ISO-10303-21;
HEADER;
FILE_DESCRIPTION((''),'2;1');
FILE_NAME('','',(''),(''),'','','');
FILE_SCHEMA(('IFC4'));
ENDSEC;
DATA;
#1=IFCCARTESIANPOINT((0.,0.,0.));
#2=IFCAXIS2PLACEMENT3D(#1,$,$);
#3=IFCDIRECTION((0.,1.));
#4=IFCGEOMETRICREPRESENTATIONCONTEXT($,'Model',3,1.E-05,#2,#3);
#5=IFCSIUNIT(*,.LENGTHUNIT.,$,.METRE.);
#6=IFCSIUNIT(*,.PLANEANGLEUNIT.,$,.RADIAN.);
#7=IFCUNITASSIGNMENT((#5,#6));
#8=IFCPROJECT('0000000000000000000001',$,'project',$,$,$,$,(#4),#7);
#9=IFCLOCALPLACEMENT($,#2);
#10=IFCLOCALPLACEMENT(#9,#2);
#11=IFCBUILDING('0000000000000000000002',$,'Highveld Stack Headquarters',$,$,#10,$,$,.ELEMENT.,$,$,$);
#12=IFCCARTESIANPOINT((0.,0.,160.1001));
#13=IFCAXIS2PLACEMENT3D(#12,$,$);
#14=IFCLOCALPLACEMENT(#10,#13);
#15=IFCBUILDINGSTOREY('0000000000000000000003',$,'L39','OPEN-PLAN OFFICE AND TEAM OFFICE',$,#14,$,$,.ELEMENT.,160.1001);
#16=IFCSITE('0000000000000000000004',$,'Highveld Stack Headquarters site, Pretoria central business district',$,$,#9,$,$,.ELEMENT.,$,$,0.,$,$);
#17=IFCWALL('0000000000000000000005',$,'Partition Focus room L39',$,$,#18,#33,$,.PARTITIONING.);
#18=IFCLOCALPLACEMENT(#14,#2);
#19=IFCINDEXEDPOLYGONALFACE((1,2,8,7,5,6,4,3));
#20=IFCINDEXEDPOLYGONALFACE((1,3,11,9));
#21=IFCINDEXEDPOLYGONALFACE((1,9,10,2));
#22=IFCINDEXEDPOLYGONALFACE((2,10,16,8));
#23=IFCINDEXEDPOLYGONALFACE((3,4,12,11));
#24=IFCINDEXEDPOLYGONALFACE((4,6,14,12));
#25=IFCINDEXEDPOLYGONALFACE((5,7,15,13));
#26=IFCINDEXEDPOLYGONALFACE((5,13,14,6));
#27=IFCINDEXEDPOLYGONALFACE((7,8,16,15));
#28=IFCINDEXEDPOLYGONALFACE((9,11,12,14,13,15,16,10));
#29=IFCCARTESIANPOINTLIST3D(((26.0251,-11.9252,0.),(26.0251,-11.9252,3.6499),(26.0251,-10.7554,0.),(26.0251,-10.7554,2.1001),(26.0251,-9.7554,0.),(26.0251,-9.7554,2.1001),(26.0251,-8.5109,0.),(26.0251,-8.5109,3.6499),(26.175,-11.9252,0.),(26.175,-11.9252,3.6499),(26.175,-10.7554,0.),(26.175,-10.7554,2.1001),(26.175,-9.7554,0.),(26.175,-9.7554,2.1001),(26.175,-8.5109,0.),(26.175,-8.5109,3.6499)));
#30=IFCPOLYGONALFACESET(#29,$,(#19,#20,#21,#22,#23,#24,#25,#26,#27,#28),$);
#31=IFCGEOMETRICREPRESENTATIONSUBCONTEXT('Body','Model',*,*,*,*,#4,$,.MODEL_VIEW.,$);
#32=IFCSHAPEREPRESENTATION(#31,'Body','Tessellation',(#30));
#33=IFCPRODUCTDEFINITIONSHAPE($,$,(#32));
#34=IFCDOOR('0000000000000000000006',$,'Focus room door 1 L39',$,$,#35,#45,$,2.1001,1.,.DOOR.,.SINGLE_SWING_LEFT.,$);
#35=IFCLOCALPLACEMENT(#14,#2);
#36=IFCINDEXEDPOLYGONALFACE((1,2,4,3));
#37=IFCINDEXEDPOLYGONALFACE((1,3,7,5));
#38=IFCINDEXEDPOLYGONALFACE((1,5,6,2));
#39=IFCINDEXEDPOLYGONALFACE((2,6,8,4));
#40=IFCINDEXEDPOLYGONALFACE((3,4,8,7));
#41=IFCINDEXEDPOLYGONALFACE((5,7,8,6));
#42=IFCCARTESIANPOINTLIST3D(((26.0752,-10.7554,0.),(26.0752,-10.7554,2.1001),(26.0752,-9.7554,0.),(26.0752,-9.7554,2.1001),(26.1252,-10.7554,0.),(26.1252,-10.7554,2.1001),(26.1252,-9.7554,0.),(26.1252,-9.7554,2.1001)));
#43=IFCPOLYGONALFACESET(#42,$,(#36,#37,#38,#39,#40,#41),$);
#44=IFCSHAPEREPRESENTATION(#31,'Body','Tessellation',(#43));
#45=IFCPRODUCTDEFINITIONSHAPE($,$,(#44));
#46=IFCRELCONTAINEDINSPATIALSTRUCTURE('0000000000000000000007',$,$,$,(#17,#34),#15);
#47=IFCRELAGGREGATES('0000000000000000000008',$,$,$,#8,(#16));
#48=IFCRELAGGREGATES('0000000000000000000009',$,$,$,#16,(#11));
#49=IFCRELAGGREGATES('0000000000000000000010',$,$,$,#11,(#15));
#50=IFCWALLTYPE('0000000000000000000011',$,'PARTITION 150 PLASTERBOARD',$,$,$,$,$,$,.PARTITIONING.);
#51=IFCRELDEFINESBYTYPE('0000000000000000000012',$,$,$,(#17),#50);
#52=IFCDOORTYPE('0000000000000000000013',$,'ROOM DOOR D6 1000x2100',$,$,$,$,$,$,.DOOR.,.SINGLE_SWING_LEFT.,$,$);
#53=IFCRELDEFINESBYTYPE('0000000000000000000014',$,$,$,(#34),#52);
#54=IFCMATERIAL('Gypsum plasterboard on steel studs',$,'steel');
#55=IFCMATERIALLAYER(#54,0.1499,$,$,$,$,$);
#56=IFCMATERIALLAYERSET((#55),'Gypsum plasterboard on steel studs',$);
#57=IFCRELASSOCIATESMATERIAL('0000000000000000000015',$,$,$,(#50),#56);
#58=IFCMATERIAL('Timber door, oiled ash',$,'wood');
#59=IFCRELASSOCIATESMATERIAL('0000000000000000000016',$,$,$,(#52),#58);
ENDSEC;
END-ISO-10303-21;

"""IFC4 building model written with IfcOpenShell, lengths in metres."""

from ifc_helpers import new_model, si_unit, direction, frame, frame_2d, origin, place, context, subcontext, project, spatial, rectangle, extrude, material, layer, layer_set, type_object, element, fill, save


model = new_model("IFC4")

# Units and contexts
model_context = context("Model", 3, precision=1e-05, world=origin(), true_north=direction((0.0, 1.0)))
body_context = subcontext(model_context, "Body", "Model", "MODEL_VIEW")
ifc_project = project(units=[si_unit("LENGTHUNIT", "METRE"), si_unit("PLANEANGLEUNIT", "RADIAN")], contexts=[model_context])

# Site, building, storey
site_placement = place(None, origin())
site = spatial("IfcSite", under=ifc_project, at=site_placement, Name="Highveld Stack Headquarters site, Pretoria central business district", CompositionType="ELEMENT", RefElevation=0.0)
building_placement = place(site_placement, origin())
building = spatial("IfcBuilding", under=site, at=building_placement, Name="Highveld Stack Headquarters", CompositionType="ELEMENT")
storey_placement = place(building_placement, frame((0.0, 0.0, 160.1001)))
storey = spatial("IfcBuildingStorey", under=building, at=storey_placement, Name="L39", Description="OPEN-PLAN OFFICE AND TEAM OFFICE", CompositionType="ELEMENT", Elevation=160.1001)

# Shared definitions
ifc_material_1 = material(Name="Gypsum plasterboard on steel studs", Category="steel")
ifc_layer_1 = layer(ifc_material_1, 0.1499)
ifc_layer_set_1 = layer_set([ifc_layer_1], Name="Gypsum plasterboard on steel studs")
wall_type = type_object("IfcWallType", Name="PARTITION 150 PLASTERBOARD", PredefinedType="PARTITIONING", material=ifc_layer_set_1)

# Wall, opening, door
wall_1_placement = place(storey_placement, frame((26.1001, -11.925, 0.0), z_axis=(0.0, 0.0, 1.0), x_axis=(0.0, 1.0, 0.0)))
wall_1 = element("IfcWall", 1, at=wall_1_placement, inside=storey, type_object=wall_type, Name="Partition Focus room L39", PredefinedType="PARTITIONING", context=body_context, shape_type="SweptSolid", body=[
    extrude(rectangle(XDim=3.4143, YDim=0.1499, at=frame_2d((1.707, 0.0))), origin(), (0.0, 0.0, 1.0), 3.6499),
])
opening_placement = place(wall_1_placement, frame((1.1697, 0.0, 0.0)))
opening = element("IfcOpeningElement", 2, at=opening_placement, cuts=wall_1, PredefinedType="OPENING", context=body_context, shape_type="SweptSolid", body=[
    extrude(rectangle(XDim=1.0, YDim=2.1001, at=frame_2d((0.5, 1.05))), frame((0.0, 0.085, 0.0), z_axis=(0.0, -1.0, 0.0), x_axis=(1.0, 0.0, 0.0)), (0.0, 0.0, 1.0), 0.1699),
])
ifc_material_2 = material(Name="Timber door, oiled ash", Category="wood")
door_type = type_object("IfcDoorType", Name="ROOM DOOR D6 1000x2100", OperationType="SINGLE_SWING_LEFT", PredefinedType="DOOR", material=ifc_material_2)
door_placement = place(opening_placement, origin())
door = element("IfcDoor", 3, at=door_placement, inside=storey, type_object=door_type, Name="Focus room door 1 L39", OperationType="SINGLE_SWING_LEFT", OverallHeight=2.1001, OverallWidth=1.0, PredefinedType="DOOR", context=body_context, shape_type="SweptSolid", body=[
    extrude(rectangle(XDim=1.0, YDim=2.1001, at=frame_2d((0.5, 1.05))), frame((0.0, 0.0249, 0.0), z_axis=(0.0, -1.0, 0.0), x_axis=(1.0, 0.0, 0.0)), (0.0, 0.0, 1.0), 0.05),
])
fill(opening, door)

save(model, "model.ifc")
